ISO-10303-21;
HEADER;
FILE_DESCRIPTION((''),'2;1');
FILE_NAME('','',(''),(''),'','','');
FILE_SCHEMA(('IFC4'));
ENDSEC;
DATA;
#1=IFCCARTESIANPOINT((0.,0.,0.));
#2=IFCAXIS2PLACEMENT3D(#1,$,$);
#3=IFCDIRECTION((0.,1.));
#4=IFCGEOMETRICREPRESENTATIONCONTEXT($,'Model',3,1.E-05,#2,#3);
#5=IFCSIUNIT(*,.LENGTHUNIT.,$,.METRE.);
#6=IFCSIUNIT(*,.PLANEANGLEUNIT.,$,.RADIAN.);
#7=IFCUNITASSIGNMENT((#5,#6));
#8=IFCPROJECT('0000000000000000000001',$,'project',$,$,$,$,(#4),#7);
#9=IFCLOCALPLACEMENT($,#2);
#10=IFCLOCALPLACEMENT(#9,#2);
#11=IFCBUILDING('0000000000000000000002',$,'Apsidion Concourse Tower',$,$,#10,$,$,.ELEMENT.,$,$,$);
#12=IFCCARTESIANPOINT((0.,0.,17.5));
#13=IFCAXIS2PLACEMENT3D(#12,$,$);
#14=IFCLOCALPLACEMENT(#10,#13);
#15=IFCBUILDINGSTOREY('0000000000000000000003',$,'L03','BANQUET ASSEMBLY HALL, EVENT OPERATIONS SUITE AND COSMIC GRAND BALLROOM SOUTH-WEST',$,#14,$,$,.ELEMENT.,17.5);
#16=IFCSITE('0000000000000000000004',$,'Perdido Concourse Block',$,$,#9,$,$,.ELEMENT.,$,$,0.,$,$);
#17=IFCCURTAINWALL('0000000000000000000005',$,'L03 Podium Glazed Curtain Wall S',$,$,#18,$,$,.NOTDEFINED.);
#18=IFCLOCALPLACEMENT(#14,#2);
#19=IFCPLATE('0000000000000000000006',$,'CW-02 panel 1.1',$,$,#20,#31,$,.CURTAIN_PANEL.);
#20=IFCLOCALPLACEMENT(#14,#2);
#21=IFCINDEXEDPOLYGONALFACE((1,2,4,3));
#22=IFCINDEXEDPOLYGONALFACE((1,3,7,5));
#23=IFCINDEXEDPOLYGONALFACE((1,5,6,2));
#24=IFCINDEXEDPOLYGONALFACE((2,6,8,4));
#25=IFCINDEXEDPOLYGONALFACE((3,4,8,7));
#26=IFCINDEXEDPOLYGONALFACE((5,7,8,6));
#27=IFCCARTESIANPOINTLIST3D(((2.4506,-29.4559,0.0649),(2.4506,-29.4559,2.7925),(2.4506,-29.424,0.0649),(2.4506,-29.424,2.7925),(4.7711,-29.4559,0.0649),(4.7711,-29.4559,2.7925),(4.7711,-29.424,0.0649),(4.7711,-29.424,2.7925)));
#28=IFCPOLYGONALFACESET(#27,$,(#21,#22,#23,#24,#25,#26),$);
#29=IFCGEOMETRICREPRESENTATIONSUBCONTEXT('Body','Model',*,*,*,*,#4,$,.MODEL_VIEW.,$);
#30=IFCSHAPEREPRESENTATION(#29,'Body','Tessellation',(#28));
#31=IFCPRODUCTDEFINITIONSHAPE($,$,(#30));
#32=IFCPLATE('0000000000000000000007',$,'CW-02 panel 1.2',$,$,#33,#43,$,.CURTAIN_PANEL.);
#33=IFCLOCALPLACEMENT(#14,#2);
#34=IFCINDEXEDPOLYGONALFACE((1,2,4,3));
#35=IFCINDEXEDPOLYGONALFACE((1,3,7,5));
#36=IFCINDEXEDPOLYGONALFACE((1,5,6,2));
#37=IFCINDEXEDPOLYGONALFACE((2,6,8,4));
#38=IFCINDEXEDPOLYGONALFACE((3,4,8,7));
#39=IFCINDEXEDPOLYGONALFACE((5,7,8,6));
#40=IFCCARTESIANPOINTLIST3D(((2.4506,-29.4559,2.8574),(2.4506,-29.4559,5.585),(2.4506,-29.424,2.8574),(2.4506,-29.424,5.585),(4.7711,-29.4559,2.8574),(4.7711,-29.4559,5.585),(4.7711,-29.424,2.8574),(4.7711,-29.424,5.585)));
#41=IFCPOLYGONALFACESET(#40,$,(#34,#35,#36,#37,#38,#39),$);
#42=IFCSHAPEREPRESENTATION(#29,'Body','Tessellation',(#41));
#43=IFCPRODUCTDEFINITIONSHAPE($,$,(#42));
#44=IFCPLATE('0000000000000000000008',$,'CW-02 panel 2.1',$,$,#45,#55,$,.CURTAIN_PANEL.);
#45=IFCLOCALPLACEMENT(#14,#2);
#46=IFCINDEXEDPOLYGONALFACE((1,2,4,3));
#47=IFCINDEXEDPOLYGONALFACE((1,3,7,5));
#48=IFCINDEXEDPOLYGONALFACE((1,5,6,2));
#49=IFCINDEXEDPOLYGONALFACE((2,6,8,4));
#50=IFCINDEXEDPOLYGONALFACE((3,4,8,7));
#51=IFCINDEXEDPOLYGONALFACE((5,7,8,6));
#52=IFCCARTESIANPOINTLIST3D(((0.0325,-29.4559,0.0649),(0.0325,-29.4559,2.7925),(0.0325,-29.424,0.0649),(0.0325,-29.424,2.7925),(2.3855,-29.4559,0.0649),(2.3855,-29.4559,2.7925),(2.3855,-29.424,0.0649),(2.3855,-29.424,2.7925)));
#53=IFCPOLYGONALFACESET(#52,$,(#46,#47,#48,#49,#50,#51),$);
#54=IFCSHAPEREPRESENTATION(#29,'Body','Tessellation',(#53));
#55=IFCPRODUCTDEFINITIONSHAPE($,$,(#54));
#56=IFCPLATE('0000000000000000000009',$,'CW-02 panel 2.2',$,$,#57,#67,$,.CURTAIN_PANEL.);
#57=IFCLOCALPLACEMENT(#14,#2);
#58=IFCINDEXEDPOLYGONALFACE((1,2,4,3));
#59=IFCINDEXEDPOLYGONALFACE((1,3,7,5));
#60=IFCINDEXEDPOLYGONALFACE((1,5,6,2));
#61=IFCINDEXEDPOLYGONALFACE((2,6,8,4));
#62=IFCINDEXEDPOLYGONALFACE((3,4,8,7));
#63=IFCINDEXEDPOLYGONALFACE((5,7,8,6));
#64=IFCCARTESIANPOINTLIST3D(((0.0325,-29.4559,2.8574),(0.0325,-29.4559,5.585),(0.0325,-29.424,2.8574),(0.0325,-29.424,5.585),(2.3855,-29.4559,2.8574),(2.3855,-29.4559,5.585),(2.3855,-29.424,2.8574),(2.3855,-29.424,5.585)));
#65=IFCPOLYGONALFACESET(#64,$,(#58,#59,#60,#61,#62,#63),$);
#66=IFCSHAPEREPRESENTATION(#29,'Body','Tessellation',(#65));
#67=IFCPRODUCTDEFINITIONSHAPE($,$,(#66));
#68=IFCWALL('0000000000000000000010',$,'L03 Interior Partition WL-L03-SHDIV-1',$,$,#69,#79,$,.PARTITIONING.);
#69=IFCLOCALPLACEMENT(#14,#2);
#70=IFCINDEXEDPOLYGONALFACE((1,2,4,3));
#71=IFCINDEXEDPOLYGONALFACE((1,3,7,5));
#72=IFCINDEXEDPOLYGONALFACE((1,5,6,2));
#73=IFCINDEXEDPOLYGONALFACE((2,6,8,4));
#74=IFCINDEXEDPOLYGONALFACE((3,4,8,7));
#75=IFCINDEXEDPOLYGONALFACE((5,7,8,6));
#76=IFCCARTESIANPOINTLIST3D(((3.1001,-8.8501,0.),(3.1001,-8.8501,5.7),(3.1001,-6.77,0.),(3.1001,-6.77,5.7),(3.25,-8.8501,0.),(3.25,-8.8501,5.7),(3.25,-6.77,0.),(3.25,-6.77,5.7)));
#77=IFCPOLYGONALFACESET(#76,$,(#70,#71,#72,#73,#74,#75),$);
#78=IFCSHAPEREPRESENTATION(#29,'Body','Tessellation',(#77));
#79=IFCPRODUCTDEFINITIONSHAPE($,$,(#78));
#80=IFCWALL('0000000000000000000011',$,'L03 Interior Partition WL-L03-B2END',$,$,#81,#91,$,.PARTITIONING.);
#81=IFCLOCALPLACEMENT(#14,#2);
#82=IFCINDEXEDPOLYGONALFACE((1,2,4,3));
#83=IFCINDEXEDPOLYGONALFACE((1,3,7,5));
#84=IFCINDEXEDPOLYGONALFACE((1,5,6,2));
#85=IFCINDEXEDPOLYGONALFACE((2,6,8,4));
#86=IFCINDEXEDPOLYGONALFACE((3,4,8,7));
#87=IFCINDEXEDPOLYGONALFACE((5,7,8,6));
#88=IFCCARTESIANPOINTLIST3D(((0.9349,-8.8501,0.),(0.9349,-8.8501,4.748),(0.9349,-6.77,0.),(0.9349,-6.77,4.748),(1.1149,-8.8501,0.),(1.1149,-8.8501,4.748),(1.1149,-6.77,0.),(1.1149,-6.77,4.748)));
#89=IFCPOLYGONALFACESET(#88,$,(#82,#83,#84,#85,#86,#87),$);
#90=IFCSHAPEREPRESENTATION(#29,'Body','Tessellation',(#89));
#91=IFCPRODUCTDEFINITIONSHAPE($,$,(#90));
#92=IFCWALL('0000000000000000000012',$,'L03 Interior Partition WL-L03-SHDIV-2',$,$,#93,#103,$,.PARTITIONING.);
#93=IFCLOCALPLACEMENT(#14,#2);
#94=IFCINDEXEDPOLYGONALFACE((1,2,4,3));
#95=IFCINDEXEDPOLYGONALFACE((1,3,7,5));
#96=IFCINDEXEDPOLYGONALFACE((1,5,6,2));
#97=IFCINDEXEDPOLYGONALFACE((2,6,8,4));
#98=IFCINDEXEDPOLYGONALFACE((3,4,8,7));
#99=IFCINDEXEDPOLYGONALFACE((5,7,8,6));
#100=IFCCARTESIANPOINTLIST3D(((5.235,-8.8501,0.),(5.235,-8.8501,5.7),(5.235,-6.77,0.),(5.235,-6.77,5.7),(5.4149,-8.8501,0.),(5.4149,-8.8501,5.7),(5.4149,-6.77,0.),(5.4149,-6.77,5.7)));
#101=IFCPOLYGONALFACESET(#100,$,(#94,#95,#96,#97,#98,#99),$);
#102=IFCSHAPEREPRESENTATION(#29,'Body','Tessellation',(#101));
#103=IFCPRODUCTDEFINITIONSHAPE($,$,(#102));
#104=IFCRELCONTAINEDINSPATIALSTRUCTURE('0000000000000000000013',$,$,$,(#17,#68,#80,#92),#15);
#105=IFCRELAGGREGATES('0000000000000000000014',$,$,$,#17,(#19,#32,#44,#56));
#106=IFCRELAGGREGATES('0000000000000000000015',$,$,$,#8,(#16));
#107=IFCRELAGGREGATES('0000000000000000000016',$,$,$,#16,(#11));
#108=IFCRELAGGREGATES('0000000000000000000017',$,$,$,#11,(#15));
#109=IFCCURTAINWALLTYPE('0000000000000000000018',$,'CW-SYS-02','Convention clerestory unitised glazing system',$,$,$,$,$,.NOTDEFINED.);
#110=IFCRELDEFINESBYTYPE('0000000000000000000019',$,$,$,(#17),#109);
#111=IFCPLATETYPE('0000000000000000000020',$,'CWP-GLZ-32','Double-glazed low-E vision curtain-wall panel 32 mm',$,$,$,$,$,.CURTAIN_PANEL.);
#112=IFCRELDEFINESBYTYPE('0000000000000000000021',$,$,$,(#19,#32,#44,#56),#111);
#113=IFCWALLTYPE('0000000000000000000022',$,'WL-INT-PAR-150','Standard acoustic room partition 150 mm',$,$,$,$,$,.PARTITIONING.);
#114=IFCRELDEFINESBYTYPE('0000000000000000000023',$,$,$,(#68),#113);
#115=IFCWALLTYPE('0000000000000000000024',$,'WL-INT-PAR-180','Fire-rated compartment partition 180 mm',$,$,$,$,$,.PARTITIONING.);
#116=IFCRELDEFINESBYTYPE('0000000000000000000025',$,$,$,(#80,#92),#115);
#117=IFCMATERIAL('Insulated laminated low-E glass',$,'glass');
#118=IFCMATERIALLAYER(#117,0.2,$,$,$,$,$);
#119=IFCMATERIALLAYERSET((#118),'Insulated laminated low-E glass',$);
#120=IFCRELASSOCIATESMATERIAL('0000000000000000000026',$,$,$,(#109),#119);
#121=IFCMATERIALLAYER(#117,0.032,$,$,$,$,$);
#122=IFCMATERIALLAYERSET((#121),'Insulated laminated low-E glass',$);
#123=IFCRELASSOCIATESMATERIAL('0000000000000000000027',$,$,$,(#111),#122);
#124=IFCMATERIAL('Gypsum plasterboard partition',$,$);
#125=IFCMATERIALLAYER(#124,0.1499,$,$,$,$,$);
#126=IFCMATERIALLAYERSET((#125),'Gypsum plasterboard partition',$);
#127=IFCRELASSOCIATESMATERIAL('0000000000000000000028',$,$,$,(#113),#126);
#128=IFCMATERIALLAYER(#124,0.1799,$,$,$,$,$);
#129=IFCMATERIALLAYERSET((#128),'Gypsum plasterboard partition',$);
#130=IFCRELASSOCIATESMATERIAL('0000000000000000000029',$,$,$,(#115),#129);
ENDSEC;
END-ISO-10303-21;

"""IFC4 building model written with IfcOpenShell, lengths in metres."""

from ifc_helpers import new_model, si_unit, direction, frame, frame_2d, origin, origin_2d, place, context, subcontext, project, spatial, rectangle, extrude, material, layer, layer_set, type_object, element, aggregate, save


model = new_model("IFC4")

# Units and contexts
model_context = context("Model", 3, precision=1e-05, world=origin(), true_north=direction((0.0, 1.0)))
body_context = subcontext(model_context, "Body", "Model", "MODEL_VIEW")
ifc_project = project(units=[si_unit("LENGTHUNIT", "METRE"), si_unit("PLANEANGLEUNIT", "RADIAN")], contexts=[model_context])

# Site, building, storey
site_placement = place(None, origin())
site = spatial("IfcSite", under=ifc_project, at=site_placement, Name="Perdido Concourse Block", CompositionType="ELEMENT", RefElevation=0.0)
building_placement = place(site_placement, origin())
building = spatial("IfcBuilding", under=site, at=building_placement, Name="Apsidion Concourse Tower", CompositionType="ELEMENT")
storey_placement = place(building_placement, frame((0.0, 0.0, 17.5)))
storey = spatial("IfcBuildingStorey", under=building, at=storey_placement, Name="L03", Description="BANQUET ASSEMBLY HALL, EVENT OPERATIONS SUITE AND COSMIC GRAND BALLROOM SOUTH-WEST", CompositionType="ELEMENT", Elevation=17.5)

# Curtain wall, plates
ifc_material_1 = material(Name="Insulated laminated low-E glass", Category="glass")
ifc_layer_1 = layer(ifc_material_1, 0.2)
ifc_layer_set_1 = layer_set([ifc_layer_1], Name="Insulated laminated low-E glass")
curtain_wall_type = type_object("IfcCurtainWallType", Name="CW-SYS-02", Description="Convention clerestory unitised glazing system", PredefinedType="NOTDEFINED", material=ifc_layer_set_1)
curtain_wall_placement = place(storey_placement, origin())
curtain_wall = element("IfcCurtainWall", 1, at=curtain_wall_placement, inside=storey, type_object=curtain_wall_type, Name="L03 Podium Glazed Curtain Wall S", PredefinedType="NOTDEFINED")
ifc_layer_2 = layer(ifc_material_1, 0.032)
ifc_layer_set_2 = layer_set([ifc_layer_2], Name="Insulated laminated low-E glass")
plate_type = type_object("IfcPlateType", Name="CWP-GLZ-32", Description="Double-glazed low-E vision curtain-wall panel 32 mm", PredefinedType="CURTAIN_PANEL", material=ifc_layer_set_2)
plate_1_placement = place(storey_placement, frame((3.6108, -29.4399, 0.0649), z_axis=(0.0, 0.0, 1.0), x_axis=(-1.0, 0.0, 0.0)))
plate_1 = element("IfcPlate", 2, at=plate_1_placement, type_object=plate_type, Name="CW-02 panel 1.1", PredefinedType="CURTAIN_PANEL", context=body_context, shape_type="SweptSolid", body=[
    extrude(rectangle(XDim=2.3206, YDim=0.032, at=origin_2d()), origin(), (0.0, 0.0, 1.0), 2.7275),
])
plate_2_placement = place(storey_placement, frame((3.6108, -29.4399, 2.8574), z_axis=(0.0, 0.0, 1.0), x_axis=(-1.0, 0.0, 0.0)))
plate_2 = element("IfcPlate", 3, at=plate_2_placement, type_object=plate_type, Name="CW-02 panel 1.2", PredefinedType="CURTAIN_PANEL", context=body_context, shape_type="SweptSolid", body=[
    extrude(rectangle(XDim=2.3206, YDim=0.032, at=origin_2d()), origin(), (0.0, 0.0, 1.0), 2.7275),
])
plate_3_placement = place(storey_placement, frame((1.209, -29.4399, 0.0649), z_axis=(0.0, 0.0, 1.0), x_axis=(-1.0, 0.0, 0.0)))
plate_3 = element("IfcPlate", 4, at=plate_3_placement, type_object=plate_type, Name="CW-02 panel 2.1", PredefinedType="CURTAIN_PANEL", context=body_context, shape_type="SweptSolid", body=[
    extrude(rectangle(XDim=2.353, YDim=0.032, at=origin_2d()), origin(), (0.0, 0.0, 1.0), 2.7275),
])
plate_4_placement = place(storey_placement, frame((1.209, -29.4399, 2.8574), z_axis=(0.0, 0.0, 1.0), x_axis=(-1.0, 0.0, 0.0)))
plate_4 = element("IfcPlate", 5, at=plate_4_placement, type_object=plate_type, Name="CW-02 panel 2.2", PredefinedType="CURTAIN_PANEL", context=body_context, shape_type="SweptSolid", body=[
    extrude(rectangle(XDim=2.353, YDim=0.032, at=origin_2d()), origin(), (0.0, 0.0, 1.0), 2.7275),
])
aggregate(curtain_wall, [plate_1, plate_2, plate_3, plate_4])

# Walls
ifc_material_2 = material(Name="Gypsum plasterboard partition")
ifc_layer_3 = layer(ifc_material_2, 0.1499)
ifc_layer_set_3 = layer_set([ifc_layer_3], Name="Gypsum plasterboard partition")
wall_type_1 = type_object("IfcWallType", Name="WL-INT-PAR-150", Description="Standard acoustic room partition 150 mm", PredefinedType="PARTITIONING", material=ifc_layer_set_3)
wall_1_placement = place(storey_placement, frame((3.175, -8.8501, 0.0), z_axis=(0.0, 0.0, 1.0), x_axis=(0.0, 1.0, 0.0)))
element("IfcWall", 6, at=wall_1_placement, inside=storey, type_object=wall_type_1, Name="L03 Interior Partition WL-L03-SHDIV-1", PredefinedType="PARTITIONING", context=body_context, shape_type="SweptSolid", body=[
    extrude(rectangle(XDim=2.0801, YDim=0.1499, at=frame_2d((1.04, 0.0))), origin(), (0.0, 0.0, 1.0), 5.7),
])
ifc_layer_4 = layer(ifc_material_2, 0.1799)
ifc_layer_set_4 = layer_set([ifc_layer_4], Name="Gypsum plasterboard partition")
wall_type_2 = type_object("IfcWallType", Name="WL-INT-PAR-180", Description="Fire-rated compartment partition 180 mm", PredefinedType="PARTITIONING", material=ifc_layer_set_4)
wall_2_placement = place(storey_placement, frame((1.0249, -8.8501, 0.0), z_axis=(0.0, 0.0, 1.0), x_axis=(0.0, 1.0, 0.0)))
element("IfcWall", 7, at=wall_2_placement, inside=storey, type_object=wall_type_2, Name="L03 Interior Partition WL-L03-B2END", PredefinedType="PARTITIONING", context=body_context, shape_type="SweptSolid", body=[
    extrude(rectangle(XDim=2.0801, YDim=0.1799, at=frame_2d((1.04, 0.0))), origin(), (0.0, 0.0, 1.0), 4.748),
])
wall_3_placement = place(storey_placement, frame((5.325, -8.8501, 0.0), z_axis=(0.0, 0.0, 1.0), x_axis=(0.0, 1.0, 0.0)))
element("IfcWall", 8, at=wall_3_placement, inside=storey, type_object=wall_type_2, Name="L03 Interior Partition WL-L03-SHDIV-2", PredefinedType="PARTITIONING", context=body_context, shape_type="SweptSolid", body=[
    extrude(rectangle(XDim=2.0801, YDim=0.1799, at=frame_2d((1.04, 0.0))), origin(), (0.0, 0.0, 1.0), 5.7),
])

save(model, "model.ifc")
